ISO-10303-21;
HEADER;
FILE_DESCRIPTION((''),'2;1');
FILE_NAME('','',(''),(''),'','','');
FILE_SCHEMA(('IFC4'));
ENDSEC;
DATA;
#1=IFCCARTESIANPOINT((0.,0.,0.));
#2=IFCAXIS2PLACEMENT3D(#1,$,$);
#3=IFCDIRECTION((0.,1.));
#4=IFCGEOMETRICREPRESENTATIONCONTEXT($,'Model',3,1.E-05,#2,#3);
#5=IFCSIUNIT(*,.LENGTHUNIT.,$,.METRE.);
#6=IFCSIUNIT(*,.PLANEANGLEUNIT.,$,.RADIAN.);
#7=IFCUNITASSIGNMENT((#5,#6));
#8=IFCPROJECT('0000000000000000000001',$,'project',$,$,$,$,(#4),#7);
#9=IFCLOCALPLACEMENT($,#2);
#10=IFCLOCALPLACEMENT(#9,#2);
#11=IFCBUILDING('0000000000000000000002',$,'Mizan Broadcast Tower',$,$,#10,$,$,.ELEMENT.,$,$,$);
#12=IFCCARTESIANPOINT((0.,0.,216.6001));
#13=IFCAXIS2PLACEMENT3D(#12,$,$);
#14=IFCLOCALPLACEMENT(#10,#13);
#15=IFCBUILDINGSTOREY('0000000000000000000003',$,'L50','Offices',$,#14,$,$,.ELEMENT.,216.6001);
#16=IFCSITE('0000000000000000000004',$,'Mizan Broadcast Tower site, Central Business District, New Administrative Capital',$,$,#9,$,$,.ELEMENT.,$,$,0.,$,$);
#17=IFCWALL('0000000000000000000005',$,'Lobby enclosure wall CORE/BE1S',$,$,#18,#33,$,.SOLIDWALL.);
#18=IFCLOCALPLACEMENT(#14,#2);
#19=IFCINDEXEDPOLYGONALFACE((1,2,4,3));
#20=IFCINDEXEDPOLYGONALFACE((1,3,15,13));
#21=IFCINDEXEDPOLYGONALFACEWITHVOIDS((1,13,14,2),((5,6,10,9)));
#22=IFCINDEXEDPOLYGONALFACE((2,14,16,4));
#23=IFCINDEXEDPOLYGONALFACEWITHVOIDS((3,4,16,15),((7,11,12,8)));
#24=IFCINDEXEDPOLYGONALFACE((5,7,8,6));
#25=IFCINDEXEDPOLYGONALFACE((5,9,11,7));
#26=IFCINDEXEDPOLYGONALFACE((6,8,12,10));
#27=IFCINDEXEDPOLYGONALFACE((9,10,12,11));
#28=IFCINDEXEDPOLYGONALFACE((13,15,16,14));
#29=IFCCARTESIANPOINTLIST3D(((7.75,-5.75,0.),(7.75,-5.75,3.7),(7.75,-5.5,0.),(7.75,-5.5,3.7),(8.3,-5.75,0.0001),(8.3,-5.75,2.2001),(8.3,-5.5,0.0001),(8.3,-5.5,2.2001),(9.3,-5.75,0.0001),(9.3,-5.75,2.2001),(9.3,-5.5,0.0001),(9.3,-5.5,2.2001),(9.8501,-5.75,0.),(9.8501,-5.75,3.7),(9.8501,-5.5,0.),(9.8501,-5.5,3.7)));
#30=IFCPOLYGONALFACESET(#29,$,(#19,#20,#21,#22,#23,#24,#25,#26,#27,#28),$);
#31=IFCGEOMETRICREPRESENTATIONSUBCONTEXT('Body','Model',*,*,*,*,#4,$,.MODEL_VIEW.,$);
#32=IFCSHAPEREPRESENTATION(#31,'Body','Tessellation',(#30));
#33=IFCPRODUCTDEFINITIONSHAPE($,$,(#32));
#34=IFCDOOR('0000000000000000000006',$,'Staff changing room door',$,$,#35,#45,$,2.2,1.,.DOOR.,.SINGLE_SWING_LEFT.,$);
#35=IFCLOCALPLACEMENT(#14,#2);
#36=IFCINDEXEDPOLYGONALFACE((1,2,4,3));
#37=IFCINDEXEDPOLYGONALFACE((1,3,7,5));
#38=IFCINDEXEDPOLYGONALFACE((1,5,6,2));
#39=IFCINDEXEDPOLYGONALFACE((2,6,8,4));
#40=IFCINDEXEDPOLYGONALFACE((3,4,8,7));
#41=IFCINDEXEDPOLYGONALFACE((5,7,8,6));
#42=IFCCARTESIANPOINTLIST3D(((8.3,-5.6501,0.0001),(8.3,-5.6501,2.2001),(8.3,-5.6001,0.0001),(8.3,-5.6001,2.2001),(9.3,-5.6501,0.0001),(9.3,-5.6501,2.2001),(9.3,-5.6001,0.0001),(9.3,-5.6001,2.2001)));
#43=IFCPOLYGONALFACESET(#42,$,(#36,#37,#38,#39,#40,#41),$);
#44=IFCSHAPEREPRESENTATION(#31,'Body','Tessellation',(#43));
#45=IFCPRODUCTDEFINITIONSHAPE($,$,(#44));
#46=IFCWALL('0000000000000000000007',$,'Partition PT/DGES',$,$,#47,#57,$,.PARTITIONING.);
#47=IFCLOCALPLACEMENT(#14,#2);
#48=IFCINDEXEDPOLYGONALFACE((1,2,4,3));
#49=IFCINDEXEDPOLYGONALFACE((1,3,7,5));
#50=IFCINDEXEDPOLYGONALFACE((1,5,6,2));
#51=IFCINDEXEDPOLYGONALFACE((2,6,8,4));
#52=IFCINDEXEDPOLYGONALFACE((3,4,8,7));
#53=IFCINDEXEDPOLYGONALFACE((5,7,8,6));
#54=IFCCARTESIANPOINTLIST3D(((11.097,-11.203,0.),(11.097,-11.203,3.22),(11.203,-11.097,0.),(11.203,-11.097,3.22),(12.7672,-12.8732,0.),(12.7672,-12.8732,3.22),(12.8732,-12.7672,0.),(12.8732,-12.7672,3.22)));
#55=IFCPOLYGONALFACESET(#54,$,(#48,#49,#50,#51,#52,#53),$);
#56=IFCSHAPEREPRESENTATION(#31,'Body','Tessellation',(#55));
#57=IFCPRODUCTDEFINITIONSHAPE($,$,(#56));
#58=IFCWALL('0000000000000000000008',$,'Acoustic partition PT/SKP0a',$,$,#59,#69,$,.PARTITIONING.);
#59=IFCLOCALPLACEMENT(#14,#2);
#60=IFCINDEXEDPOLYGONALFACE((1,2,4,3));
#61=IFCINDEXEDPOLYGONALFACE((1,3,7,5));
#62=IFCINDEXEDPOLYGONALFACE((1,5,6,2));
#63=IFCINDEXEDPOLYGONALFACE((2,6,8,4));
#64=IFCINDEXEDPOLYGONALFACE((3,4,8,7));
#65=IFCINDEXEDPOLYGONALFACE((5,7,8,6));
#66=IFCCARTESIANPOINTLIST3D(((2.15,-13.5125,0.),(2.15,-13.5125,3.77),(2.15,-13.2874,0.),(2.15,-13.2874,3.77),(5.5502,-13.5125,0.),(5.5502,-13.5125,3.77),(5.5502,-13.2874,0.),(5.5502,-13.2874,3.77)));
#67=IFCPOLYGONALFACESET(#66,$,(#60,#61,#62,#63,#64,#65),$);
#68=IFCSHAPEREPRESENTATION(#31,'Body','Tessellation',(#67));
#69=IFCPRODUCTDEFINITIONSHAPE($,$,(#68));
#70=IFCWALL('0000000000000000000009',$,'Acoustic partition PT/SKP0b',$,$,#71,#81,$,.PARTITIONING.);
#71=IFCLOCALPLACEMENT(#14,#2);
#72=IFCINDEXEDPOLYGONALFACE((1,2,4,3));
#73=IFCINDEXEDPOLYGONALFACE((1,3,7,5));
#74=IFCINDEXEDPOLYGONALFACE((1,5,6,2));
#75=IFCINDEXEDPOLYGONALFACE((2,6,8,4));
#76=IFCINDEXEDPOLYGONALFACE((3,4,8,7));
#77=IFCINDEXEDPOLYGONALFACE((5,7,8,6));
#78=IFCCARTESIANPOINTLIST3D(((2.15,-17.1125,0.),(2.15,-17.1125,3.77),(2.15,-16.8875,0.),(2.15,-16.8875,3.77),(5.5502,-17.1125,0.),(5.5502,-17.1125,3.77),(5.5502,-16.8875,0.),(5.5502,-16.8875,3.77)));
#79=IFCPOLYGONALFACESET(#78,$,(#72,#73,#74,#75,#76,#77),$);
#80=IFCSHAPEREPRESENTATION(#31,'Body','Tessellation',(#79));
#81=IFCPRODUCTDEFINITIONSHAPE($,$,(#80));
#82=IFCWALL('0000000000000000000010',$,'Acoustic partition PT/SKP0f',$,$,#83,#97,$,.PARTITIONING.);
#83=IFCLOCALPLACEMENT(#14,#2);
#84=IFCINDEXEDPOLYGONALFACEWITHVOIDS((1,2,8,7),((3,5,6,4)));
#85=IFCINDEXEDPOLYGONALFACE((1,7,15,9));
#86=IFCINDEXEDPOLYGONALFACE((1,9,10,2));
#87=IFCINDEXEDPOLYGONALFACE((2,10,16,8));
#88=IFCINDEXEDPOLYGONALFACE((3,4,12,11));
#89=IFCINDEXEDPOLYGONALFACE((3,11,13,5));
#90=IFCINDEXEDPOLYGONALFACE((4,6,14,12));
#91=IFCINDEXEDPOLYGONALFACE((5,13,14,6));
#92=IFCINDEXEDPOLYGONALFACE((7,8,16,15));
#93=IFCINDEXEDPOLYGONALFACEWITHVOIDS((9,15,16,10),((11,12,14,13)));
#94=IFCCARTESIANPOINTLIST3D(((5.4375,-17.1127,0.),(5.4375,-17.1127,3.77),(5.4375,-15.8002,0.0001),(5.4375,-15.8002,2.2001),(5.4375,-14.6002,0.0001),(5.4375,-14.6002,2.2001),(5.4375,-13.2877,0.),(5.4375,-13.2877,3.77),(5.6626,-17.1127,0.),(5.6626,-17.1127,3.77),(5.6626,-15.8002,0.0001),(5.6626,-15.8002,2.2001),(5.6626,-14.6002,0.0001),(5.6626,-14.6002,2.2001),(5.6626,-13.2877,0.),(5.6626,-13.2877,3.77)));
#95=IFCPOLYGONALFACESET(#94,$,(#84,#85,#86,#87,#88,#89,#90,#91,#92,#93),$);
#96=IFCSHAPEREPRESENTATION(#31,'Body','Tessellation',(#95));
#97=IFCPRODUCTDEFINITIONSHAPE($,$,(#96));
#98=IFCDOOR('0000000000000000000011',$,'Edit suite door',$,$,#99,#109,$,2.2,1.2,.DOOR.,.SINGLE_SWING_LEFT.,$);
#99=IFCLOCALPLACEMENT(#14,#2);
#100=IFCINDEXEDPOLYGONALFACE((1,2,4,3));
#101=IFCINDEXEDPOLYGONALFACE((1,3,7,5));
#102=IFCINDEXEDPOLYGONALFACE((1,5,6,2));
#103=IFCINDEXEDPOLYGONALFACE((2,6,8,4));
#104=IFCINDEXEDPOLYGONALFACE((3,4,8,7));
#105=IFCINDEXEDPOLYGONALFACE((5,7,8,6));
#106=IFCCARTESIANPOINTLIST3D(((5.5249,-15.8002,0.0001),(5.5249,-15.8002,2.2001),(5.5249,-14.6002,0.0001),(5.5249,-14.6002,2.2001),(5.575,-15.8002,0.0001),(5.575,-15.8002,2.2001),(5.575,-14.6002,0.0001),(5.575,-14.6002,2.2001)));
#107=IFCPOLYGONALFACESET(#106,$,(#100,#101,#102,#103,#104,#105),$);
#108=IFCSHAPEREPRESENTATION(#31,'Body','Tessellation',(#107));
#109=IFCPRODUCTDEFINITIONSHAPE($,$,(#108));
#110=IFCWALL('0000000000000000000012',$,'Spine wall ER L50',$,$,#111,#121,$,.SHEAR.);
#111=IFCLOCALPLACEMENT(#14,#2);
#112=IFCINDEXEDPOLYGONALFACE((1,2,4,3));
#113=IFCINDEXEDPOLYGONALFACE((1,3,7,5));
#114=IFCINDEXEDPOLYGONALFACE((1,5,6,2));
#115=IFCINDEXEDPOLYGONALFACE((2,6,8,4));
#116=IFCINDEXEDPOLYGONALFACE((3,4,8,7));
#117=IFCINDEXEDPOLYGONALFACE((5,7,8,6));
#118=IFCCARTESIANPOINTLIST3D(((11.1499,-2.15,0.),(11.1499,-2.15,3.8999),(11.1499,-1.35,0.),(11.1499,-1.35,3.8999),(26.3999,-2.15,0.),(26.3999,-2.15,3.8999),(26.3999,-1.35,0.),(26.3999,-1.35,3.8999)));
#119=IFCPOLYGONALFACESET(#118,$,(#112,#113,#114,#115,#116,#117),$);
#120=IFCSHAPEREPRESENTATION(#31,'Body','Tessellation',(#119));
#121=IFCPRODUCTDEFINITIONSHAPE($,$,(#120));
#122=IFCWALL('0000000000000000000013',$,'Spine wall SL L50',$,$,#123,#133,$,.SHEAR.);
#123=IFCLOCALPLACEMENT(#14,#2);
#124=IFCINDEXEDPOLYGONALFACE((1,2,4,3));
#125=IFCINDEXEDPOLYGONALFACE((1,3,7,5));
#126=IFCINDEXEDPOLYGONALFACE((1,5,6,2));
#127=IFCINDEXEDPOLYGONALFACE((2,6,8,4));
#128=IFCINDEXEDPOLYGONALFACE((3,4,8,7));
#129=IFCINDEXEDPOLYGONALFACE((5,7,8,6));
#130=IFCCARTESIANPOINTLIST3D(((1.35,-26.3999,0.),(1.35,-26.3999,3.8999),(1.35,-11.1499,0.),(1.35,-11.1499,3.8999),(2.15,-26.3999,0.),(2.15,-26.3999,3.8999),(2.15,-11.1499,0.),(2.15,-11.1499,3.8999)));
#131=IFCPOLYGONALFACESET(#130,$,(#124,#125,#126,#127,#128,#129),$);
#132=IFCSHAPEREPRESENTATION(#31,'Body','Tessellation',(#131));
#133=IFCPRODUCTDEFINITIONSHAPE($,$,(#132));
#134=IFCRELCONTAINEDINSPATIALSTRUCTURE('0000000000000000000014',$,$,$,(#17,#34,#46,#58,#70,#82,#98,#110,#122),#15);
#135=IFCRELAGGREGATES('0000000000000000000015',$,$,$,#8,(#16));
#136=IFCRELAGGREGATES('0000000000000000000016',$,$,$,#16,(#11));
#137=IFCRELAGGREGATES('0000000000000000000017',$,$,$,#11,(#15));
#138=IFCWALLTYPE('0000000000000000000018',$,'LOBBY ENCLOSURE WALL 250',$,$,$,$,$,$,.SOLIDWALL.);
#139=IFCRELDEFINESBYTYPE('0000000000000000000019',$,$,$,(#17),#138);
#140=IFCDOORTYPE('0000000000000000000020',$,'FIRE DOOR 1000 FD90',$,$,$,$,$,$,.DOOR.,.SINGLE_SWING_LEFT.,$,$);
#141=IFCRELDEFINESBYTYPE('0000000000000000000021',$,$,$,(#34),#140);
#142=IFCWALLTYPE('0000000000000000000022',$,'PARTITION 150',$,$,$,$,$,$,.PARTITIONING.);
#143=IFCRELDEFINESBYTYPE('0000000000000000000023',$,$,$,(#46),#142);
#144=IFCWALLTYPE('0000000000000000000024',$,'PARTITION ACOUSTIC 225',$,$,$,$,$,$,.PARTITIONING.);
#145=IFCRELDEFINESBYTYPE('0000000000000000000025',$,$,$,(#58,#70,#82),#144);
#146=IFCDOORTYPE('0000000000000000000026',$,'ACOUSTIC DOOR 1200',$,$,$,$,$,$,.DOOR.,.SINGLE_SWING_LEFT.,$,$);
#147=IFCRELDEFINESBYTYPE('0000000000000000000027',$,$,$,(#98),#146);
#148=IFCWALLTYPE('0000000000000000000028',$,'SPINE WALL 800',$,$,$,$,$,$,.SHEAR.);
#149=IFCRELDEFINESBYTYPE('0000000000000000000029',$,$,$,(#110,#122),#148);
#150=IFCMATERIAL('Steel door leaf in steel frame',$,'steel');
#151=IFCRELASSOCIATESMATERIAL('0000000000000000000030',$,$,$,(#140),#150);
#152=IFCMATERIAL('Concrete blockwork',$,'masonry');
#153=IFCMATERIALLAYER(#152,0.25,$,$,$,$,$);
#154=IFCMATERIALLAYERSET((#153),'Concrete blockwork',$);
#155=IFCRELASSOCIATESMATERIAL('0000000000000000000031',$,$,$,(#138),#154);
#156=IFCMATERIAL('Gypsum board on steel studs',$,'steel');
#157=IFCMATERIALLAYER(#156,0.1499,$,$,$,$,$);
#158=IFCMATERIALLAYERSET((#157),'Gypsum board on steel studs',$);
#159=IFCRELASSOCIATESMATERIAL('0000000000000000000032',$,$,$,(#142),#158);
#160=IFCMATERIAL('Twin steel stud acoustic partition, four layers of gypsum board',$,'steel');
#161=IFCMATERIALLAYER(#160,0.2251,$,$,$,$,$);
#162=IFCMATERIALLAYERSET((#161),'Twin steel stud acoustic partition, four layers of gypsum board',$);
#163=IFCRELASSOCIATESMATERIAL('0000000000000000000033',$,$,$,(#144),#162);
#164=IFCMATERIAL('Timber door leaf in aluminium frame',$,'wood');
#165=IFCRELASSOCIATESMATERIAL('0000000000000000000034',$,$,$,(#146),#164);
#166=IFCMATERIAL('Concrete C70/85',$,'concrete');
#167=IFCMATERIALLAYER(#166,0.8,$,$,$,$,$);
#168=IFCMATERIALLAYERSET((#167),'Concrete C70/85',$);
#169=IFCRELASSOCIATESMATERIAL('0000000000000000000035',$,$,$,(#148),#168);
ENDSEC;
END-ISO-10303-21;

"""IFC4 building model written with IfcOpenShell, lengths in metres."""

from ifc_helpers import new_model, si_unit, direction, frame, frame_2d, origin, place, context, subcontext, project, spatial, rectangle, extrude, material, layer, layer_set, type_object, element, fill, save


model = new_model("IFC4")

# Units and contexts
model_context = context("Model", 3, precision=1e-05, world=origin(), true_north=direction((0.0, 1.0)))
body_context = subcontext(model_context, "Body", "Model", "MODEL_VIEW")
ifc_project = project(units=[si_unit("LENGTHUNIT", "METRE"), si_unit("PLANEANGLEUNIT", "RADIAN")], contexts=[model_context])

# Site, building, storey
site_placement = place(None, origin())
site = spatial("IfcSite", under=ifc_project, at=site_placement, Name="Mizan Broadcast Tower site, Central Business District, New Administrative Capital", CompositionType="ELEMENT", RefElevation=0.0)
building_placement = place(site_placement, origin())
building = spatial("IfcBuilding", under=site, at=building_placement, Name="Mizan Broadcast Tower", CompositionType="ELEMENT")
storey_placement = place(building_placement, frame((0.0, 0.0, 216.6001)))
storey = spatial("IfcBuildingStorey", under=building, at=storey_placement, Name="L50", Description="Offices", CompositionType="ELEMENT", Elevation=216.6001)

# Shared definitions
ifc_material_1 = material(Name="Steel door leaf in steel frame", Category="steel")
door_type_1 = type_object("IfcDoorType", Name="FIRE DOOR 1000 FD90", OperationType="SINGLE_SWING_LEFT", PredefinedType="DOOR", material=ifc_material_1)

# Shared definitions
ifc_material_2 = material(Name="Concrete blockwork", Category="masonry")
ifc_layer_1 = layer(ifc_material_2, 0.25)
ifc_layer_set_1 = layer_set([ifc_layer_1], Name="Concrete blockwork")
wall_type_1 = type_object("IfcWallType", Name="LOBBY ENCLOSURE WALL 250", PredefinedType="SOLIDWALL", material=ifc_layer_set_1)

# Wall, opening, door
wall_1_placement = place(storey_placement, frame((7.75, -5.625, 0.0), z_axis=(0.0, 0.0, 1.0), x_axis=(1.0, 0.0, 0.0)))
wall_1 = element("IfcWall", 1, at=wall_1_placement, inside=storey, type_object=wall_type_1, Name="Lobby enclosure wall CORE/BE1S", PredefinedType="SOLIDWALL", context=body_context, shape_type="SweptSolid", body=[
    extrude(rectangle(XDim=2.1001, YDim=0.25, at=frame_2d((1.05, 0.0))), origin(), (0.0, 0.0, 1.0), 3.7),
])
opening_1_placement = place(wall_1_placement, frame((0.55, 0.0, 0.0)))
opening_1 = element("IfcOpeningElement", 2, at=opening_1_placement, cuts=wall_1, PredefinedType="OPENING", context=body_context, shape_type="SweptSolid", body=[
    extrude(rectangle(XDim=1.0, YDim=2.2, at=frame_2d((0.5, 1.1001))), frame((0.0, 0.135, 0.0), z_axis=(0.0, -1.0, 0.0), x_axis=(1.0, 0.0, 0.0)), (0.0, 0.0, 1.0), 0.27),
])
door_1_placement = place(opening_1_placement, origin())
door_1 = element("IfcDoor", 3, at=door_1_placement, inside=storey, type_object=door_type_1, Name="Staff changing room door", OperationType="SINGLE_SWING_LEFT", OverallHeight=2.2, OverallWidth=1.0, PredefinedType="DOOR", context=body_context, shape_type="SweptSolid", body=[
    extrude(rectangle(XDim=1.0, YDim=2.2, at=frame_2d((0.5, 1.1001))), frame((0.0, 0.0249, 0.0), z_axis=(0.0, -1.0, 0.0), x_axis=(1.0, 0.0, 0.0)), (0.0, 0.0, 1.0), 0.05),
])
fill(opening_1, door_1)

# Walls
ifc_material_3 = material(Name="Gypsum board on steel studs", Category="steel")
ifc_layer_2 = layer(ifc_material_3, 0.1499)
ifc_layer_set_2 = layer_set([ifc_layer_2], Name="Gypsum board on steel studs")
wall_type_2 = type_object("IfcWallType", Name="PARTITION 150", PredefinedType="PARTITIONING", material=ifc_layer_set_2)
wall_2_placement = place(storey_placement, frame((11.1499, -11.1499, 0.0), z_axis=(0.0, 0.0, 1.0), x_axis=(0.707107, -0.707107, 0.0)))
element("IfcWall", 4, at=wall_2_placement, inside=storey, type_object=wall_type_2, Name="Partition PT/DGES", PredefinedType="PARTITIONING", context=body_context, shape_type="SweptSolid", body=[
    extrude(rectangle(XDim=2.3621, YDim=0.1499, at=frame_2d((1.1812, 0.0))), origin(), (0.0, 0.0, 1.0), 3.22),
])
ifc_material_4 = material(Name="Twin steel stud acoustic partition, four layers of gypsum board", Category="steel")
ifc_layer_3 = layer(ifc_material_4, 0.2251)
ifc_layer_set_3 = layer_set([ifc_layer_3], Name="Twin steel stud acoustic partition, four layers of gypsum board")
wall_type_3 = type_object("IfcWallType", Name="PARTITION ACOUSTIC 225", PredefinedType="PARTITIONING", material=ifc_layer_set_3)
for number, where, z_axis, x_axis, name in (
    (5, (2.1499, -13.3999, 0.0), (0.0, 0.0, 1.0), (1.0, 0.0, 0.0), "Acoustic partition PT/SKP0a"),
    (6, (2.1499, -17.0, 0.0), (0.0, 0.0, 1.0), (1.0, 0.0, 0.0), "Acoustic partition PT/SKP0b"),
):
    element("IfcWall", number, at=place(storey_placement, frame(where, z_axis=z_axis, x_axis=x_axis)), inside=storey, type_object=wall_type_3, Name=name, PredefinedType="PARTITIONING", context=body_context, shape_type="SweptSolid", body=[
        extrude(rectangle(XDim=3.4001, YDim=0.2251, at=frame_2d((1.7002, 0.0))), origin(), (0.0, 0.0, 1.0), 3.77),
    ])

# Wall, opening, door
wall_3_placement = place(storey_placement, frame((5.55, -13.2876, 0.0), z_axis=(0.0, 0.0, 1.0), x_axis=(0.0, -1.0, 0.0)))
wall_3 = element("IfcWall", 7, at=wall_3_placement, inside=storey, type_object=wall_type_3, Name="Acoustic partition PT/SKP0f", PredefinedType="PARTITIONING", context=body_context, shape_type="SweptSolid", body=[
    extrude(rectangle(XDim=3.825, YDim=0.2251, at=frame_2d((1.9126, 0.0))), origin(), (0.0, 0.0, 1.0), 3.77),
])
opening_2_placement = place(wall_3_placement, frame((1.3125, 0.0, 0.0)))
opening_2 = element("IfcOpeningElement", 8, at=opening_2_placement, cuts=wall_3, PredefinedType="OPENING", context=body_context, shape_type="SweptSolid", body=[
    extrude(rectangle(XDim=1.2, YDim=2.2, at=frame_2d((0.6001, 1.1001))), frame((0.0, 0.1226, 0.0), z_axis=(0.0, -1.0, 0.0), x_axis=(1.0, 0.0, 0.0)), (0.0, 0.0, 1.0), 0.2451),
])
ifc_material_5 = material(Name="Timber door leaf in aluminium frame", Category="wood")
door_type_2 = type_object("IfcDoorType", Name="ACOUSTIC DOOR 1200", OperationType="SINGLE_SWING_LEFT", PredefinedType="DOOR", material=ifc_material_5)
door_2_placement = place(opening_2_placement, origin())
door_2 = element("IfcDoor", 9, at=door_2_placement, inside=storey, type_object=door_type_2, Name="Edit suite door", OperationType="SINGLE_SWING_LEFT", OverallHeight=2.2, OverallWidth=1.2, PredefinedType="DOOR", context=body_context, shape_type="SweptSolid", body=[
    extrude(rectangle(XDim=1.2, YDim=2.2, at=frame_2d((0.6001, 1.1001))), frame((0.0, 0.0249, 0.0), z_axis=(0.0, -1.0, 0.0), x_axis=(1.0, 0.0, 0.0)), (0.0, 0.0, 1.0), 0.05),
])
fill(opening_2, door_2)

# Walls
ifc_material_6 = material(Name="Concrete C70/85", Category="concrete")
ifc_layer_4 = layer(ifc_material_6, 0.8)
ifc_layer_set_4 = layer_set([ifc_layer_4], Name="Concrete C70/85")
wall_type_4 = type_object("IfcWallType", Name="SPINE WALL 800", PredefinedType="SHEAR", material=ifc_layer_set_4)
for number, where, z_axis, x_axis, name in (
    (10, (11.1499, -1.75, 0.0), (0.0, 0.0, 1.0), (1.0, 0.0, 0.0), "Spine wall ER L50"),
    (11, (1.75, -11.1499, 0.0), (0.0, 0.0, 1.0), (0.0, -1.0, 0.0), "Spine wall SL L50"),
):
    element("IfcWall", number, at=place(storey_placement, frame(where, z_axis=z_axis, x_axis=x_axis)), inside=storey, type_object=wall_type_4, Name=name, PredefinedType="SHEAR", context=body_context, shape_type="SweptSolid", body=[
        extrude(rectangle(XDim=15.25, YDim=0.8, at=frame_2d((7.625, 0.0))), origin(), (0.0, 0.0, 1.0), 3.8999),
    ])

save(model, "model.ifc")
